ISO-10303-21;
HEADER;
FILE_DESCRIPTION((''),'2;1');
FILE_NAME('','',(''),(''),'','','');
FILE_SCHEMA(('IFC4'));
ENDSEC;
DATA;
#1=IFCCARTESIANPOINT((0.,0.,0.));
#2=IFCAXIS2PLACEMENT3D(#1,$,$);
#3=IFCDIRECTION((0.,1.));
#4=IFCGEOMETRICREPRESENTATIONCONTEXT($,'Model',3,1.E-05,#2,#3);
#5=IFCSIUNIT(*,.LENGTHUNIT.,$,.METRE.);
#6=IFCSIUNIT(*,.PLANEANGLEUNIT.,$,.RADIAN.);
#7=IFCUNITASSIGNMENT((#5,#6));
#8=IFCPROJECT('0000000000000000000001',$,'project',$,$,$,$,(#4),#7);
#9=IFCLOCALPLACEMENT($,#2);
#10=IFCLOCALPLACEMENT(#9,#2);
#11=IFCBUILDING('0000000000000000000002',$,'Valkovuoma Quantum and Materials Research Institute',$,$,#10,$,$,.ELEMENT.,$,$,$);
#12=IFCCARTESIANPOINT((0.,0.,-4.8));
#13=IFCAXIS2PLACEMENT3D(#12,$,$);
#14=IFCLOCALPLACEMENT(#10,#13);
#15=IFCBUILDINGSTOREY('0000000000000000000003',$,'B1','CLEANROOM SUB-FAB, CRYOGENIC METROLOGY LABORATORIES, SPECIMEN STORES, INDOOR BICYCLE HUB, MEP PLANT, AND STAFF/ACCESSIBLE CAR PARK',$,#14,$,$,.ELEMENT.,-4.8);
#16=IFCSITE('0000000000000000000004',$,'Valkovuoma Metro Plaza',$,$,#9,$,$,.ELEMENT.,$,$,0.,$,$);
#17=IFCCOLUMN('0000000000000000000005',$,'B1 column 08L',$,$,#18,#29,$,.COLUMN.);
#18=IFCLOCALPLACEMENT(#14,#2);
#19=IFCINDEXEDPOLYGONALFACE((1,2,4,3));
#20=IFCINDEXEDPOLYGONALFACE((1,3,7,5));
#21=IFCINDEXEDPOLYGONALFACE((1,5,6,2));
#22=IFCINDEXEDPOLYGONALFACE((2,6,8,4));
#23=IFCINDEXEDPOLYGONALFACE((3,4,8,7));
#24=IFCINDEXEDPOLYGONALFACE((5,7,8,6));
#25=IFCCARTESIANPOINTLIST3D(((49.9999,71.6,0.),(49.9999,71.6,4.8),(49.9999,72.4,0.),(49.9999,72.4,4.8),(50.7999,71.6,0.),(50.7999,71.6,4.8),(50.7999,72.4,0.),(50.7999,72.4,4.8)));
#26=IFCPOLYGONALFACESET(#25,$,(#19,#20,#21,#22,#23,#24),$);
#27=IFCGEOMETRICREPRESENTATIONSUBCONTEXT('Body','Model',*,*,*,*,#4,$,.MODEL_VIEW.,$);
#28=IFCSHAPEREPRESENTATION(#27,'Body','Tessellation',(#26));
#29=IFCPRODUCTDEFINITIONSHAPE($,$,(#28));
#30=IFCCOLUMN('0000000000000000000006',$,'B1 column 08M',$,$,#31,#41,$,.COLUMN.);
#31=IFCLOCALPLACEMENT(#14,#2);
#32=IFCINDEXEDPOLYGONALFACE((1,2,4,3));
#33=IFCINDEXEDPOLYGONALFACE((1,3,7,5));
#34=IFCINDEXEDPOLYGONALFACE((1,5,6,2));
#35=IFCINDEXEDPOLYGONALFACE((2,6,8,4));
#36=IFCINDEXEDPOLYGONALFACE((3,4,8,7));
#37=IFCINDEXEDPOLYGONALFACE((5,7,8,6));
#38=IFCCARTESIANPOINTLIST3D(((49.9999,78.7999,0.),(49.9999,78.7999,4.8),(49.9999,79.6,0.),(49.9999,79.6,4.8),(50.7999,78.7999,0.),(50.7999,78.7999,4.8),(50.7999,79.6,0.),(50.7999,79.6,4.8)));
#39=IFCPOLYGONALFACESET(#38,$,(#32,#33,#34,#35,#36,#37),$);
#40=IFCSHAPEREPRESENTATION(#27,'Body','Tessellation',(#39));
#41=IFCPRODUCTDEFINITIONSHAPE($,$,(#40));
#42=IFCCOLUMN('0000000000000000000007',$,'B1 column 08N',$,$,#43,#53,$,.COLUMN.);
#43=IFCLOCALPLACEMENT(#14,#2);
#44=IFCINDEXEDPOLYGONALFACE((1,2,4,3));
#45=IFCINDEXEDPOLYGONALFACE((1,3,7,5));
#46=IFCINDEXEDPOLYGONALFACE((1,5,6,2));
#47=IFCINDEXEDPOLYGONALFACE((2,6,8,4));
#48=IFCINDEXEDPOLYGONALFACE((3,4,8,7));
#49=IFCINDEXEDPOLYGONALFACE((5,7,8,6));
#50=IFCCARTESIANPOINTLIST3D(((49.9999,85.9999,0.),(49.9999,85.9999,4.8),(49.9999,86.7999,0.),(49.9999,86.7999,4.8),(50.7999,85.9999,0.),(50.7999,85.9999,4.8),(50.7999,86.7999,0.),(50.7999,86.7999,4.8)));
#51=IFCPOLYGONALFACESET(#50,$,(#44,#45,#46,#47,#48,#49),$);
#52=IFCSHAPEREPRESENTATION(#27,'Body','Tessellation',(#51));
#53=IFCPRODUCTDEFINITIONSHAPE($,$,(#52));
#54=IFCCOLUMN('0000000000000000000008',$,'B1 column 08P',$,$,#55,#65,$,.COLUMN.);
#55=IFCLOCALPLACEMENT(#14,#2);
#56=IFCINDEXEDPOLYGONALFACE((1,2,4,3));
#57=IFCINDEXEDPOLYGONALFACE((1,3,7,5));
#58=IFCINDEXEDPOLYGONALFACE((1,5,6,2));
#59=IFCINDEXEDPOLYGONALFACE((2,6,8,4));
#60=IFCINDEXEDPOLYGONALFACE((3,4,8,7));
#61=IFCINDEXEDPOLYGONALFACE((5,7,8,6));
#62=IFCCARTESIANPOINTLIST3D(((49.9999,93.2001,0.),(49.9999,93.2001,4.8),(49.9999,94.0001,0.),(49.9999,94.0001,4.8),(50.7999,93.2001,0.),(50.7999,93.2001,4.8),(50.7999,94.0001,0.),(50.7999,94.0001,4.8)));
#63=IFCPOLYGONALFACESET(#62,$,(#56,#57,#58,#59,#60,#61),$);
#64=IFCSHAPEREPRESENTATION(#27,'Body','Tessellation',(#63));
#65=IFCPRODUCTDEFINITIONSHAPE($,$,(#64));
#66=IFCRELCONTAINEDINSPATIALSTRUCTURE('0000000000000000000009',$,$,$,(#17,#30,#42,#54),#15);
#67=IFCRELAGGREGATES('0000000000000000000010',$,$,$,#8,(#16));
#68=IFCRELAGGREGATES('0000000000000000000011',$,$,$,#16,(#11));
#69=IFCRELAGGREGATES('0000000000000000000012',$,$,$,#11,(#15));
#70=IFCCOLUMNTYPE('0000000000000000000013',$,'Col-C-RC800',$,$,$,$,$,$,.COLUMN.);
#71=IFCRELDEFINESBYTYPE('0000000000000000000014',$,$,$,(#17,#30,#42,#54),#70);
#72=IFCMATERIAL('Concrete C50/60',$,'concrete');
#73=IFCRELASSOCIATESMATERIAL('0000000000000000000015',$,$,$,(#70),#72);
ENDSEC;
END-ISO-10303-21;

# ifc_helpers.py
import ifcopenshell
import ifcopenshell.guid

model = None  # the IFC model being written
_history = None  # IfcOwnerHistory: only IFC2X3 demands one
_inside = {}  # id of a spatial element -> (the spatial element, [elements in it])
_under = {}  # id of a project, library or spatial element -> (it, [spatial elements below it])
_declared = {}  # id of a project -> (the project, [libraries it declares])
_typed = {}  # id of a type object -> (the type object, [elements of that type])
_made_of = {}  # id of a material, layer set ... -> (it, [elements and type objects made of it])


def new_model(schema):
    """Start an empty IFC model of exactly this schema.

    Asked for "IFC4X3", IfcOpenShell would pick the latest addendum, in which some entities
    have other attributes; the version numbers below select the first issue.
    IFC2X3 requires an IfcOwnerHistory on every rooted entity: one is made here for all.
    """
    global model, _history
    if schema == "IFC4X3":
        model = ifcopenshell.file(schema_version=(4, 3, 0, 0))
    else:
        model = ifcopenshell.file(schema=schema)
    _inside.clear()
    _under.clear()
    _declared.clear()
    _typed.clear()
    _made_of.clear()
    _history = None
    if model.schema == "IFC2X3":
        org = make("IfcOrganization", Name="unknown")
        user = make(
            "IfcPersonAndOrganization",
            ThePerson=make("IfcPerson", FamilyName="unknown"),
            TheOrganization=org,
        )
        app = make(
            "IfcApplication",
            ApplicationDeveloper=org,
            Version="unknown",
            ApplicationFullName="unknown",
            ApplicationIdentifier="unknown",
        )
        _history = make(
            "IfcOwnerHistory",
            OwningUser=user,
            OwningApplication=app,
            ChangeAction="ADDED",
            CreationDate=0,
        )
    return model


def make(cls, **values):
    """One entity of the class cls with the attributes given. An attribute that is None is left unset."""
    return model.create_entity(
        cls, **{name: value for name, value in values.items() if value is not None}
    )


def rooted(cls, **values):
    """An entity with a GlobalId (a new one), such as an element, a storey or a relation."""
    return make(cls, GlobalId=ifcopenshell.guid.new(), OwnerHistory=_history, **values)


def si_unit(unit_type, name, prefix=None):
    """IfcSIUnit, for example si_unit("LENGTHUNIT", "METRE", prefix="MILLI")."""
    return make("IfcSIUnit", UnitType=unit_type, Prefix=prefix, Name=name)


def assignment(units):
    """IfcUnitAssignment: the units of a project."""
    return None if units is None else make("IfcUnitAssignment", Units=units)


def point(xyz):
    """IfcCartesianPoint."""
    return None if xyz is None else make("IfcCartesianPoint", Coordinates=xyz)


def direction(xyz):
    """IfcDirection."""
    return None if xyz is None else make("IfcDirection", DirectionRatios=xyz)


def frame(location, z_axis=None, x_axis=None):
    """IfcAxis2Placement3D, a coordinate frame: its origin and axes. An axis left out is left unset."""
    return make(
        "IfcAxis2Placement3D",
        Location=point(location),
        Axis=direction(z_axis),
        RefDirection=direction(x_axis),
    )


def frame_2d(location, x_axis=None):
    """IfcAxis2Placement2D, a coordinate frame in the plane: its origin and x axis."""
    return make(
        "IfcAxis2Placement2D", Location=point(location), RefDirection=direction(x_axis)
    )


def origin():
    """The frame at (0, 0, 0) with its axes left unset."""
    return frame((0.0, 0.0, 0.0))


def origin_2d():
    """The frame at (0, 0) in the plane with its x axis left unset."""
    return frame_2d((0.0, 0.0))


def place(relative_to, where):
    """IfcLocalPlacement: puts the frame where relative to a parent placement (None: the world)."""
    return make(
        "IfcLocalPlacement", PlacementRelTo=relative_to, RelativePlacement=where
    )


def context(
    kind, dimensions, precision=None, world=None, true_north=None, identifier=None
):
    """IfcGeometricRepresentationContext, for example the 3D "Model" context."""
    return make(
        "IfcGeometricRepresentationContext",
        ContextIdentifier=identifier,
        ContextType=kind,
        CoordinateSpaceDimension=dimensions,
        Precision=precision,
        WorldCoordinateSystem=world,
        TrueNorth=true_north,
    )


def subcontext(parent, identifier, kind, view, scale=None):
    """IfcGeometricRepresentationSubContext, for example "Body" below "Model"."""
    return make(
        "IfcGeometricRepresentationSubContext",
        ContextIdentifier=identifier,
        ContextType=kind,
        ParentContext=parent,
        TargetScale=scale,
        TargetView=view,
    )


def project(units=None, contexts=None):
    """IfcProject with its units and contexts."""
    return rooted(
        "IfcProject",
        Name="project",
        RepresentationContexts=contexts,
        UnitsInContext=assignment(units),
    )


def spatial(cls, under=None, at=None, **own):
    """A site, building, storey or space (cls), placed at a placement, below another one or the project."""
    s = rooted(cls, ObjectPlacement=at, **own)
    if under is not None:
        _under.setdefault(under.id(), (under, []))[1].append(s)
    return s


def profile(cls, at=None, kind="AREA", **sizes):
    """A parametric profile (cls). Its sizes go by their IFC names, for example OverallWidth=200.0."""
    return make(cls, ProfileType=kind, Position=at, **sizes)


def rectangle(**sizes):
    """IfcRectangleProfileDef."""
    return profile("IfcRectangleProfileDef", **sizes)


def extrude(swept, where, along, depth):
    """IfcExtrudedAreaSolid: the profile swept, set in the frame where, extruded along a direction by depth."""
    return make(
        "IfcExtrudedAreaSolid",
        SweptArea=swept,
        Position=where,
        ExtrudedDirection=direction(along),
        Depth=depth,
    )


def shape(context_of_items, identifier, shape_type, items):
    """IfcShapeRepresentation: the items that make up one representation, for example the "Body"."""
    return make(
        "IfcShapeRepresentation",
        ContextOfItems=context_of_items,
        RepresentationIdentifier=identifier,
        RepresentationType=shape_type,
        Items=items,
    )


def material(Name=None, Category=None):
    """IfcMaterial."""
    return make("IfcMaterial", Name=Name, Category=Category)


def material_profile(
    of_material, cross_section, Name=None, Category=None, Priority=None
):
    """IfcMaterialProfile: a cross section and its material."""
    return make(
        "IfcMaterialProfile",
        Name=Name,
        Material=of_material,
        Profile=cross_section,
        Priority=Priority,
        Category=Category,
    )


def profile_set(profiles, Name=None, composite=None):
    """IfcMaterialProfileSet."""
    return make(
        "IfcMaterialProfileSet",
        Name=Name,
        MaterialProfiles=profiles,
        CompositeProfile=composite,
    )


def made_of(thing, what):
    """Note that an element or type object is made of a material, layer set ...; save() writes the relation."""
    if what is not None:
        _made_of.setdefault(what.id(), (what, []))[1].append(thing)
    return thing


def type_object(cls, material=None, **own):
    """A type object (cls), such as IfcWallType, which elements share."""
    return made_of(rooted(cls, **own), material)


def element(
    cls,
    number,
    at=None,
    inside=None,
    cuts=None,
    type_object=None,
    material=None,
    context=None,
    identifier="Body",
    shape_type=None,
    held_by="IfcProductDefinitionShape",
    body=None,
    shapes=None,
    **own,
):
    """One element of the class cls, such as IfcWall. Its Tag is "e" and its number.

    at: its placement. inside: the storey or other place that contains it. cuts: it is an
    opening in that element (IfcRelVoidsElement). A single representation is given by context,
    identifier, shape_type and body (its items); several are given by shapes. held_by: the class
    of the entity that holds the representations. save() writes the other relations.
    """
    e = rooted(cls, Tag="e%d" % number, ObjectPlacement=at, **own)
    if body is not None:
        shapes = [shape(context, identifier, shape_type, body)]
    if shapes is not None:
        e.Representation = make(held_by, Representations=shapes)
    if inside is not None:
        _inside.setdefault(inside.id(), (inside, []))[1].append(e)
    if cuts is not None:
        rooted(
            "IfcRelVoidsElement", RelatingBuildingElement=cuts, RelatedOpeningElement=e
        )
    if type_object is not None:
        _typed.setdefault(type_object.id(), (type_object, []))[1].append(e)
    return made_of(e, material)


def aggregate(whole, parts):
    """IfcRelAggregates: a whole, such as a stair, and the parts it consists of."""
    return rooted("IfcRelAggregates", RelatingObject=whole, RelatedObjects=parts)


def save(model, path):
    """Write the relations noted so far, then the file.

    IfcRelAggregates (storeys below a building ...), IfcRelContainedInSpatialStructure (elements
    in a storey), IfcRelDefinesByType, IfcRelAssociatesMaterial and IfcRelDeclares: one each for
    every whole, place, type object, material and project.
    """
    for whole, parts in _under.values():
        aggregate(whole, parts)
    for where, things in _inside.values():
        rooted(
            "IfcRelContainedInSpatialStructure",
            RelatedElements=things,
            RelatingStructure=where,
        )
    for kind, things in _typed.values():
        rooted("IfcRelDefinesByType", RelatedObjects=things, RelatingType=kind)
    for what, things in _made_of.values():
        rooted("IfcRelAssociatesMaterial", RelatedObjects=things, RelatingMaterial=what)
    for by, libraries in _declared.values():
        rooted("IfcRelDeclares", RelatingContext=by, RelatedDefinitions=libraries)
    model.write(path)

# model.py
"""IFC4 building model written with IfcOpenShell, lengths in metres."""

from ifc_helpers import new_model, si_unit, direction, frame, origin, origin_2d, place, context, subcontext, project, spatial, rectangle, extrude, material, material_profile, profile_set, type_object, element, save


model = new_model("IFC4")

# Units and contexts
model_context = context("Model", 3, precision=1e-05, world=origin(), true_north=direction((0.0, 1.0)))
body_context = subcontext(model_context, "Body", "Model", "MODEL_VIEW")
ifc_project = project(units=[si_unit("LENGTHUNIT", "METRE"), si_unit("PLANEANGLEUNIT", "RADIAN")], contexts=[model_context])

# Site, building, storey
site_placement = place(None, origin())
site = spatial("IfcSite", under=ifc_project, at=site_placement, Name="Valkovuoma Metro Plaza", CompositionType="ELEMENT", RefElevation=0.0)
building_placement = place(site_placement, origin())
building = spatial("IfcBuilding", under=site, at=building_placement, Name="Valkovuoma Quantum and Materials Research Institute", CompositionType="ELEMENT")
storey_placement = place(building_placement, frame((0.0, 0.0, -4.8)))
storey = spatial("IfcBuildingStorey", under=building, at=storey_placement, Name="B1", Description="CLEANROOM SUB-FAB, CRYOGENIC METROLOGY LABORATORIES, SPECIMEN STORES, INDOOR BICYCLE HUB, MEP PLANT, AND STAFF/ACCESSIBLE CAR PARK", CompositionType="ELEMENT", Elevation=-4.8)

# Columns
ifc_material_1 = material(Name="Concrete C50/60", Category="concrete")
ifc_material_profile_1 = material_profile(ifc_material_1, rectangle(XDim=0.8, YDim=0.8, at=origin_2d()), Name="Concrete C50/60")
ifc_profile_set_1 = profile_set([ifc_material_profile_1], Name="Concrete C50/60")
column_type = type_object("IfcColumnType", Name="Col-C-RC800", PredefinedType="COLUMN", material=ifc_profile_set_1)
for number, where, z_axis, x_axis, name in (
    (1, (50.3999, 72.0, 0.0), (0.0, 0.0, 1.0), (1.0, 0.0, 0.0), "B1 column 08L"),
    (2, (50.3999, 79.2, 0.0), (0.0, 0.0, 1.0), (1.0, 0.0, 0.0), "B1 column 08M"),
    (3, (50.3999, 86.3999, 0.0), (0.0, 0.0, 1.0), (1.0, 0.0, 0.0), "B1 column 08N"),
    (4, (50.3999, 93.6001, 0.0), (0.0, 0.0, 1.0), (1.0, 0.0, 0.0), "B1 column 08P"),
):
    element("IfcColumn", number, at=place(storey_placement, frame(where, z_axis=z_axis, x_axis=x_axis)), inside=storey, type_object=column_type, Name=name, PredefinedType="COLUMN", context=body_context, shape_type="SweptSolid", body=[
        extrude(rectangle(XDim=0.8, YDim=0.8, at=origin_2d()), origin(), (0.0, 0.0, 1.0), 4.8),
    ])

save(model, "model.ifc")
